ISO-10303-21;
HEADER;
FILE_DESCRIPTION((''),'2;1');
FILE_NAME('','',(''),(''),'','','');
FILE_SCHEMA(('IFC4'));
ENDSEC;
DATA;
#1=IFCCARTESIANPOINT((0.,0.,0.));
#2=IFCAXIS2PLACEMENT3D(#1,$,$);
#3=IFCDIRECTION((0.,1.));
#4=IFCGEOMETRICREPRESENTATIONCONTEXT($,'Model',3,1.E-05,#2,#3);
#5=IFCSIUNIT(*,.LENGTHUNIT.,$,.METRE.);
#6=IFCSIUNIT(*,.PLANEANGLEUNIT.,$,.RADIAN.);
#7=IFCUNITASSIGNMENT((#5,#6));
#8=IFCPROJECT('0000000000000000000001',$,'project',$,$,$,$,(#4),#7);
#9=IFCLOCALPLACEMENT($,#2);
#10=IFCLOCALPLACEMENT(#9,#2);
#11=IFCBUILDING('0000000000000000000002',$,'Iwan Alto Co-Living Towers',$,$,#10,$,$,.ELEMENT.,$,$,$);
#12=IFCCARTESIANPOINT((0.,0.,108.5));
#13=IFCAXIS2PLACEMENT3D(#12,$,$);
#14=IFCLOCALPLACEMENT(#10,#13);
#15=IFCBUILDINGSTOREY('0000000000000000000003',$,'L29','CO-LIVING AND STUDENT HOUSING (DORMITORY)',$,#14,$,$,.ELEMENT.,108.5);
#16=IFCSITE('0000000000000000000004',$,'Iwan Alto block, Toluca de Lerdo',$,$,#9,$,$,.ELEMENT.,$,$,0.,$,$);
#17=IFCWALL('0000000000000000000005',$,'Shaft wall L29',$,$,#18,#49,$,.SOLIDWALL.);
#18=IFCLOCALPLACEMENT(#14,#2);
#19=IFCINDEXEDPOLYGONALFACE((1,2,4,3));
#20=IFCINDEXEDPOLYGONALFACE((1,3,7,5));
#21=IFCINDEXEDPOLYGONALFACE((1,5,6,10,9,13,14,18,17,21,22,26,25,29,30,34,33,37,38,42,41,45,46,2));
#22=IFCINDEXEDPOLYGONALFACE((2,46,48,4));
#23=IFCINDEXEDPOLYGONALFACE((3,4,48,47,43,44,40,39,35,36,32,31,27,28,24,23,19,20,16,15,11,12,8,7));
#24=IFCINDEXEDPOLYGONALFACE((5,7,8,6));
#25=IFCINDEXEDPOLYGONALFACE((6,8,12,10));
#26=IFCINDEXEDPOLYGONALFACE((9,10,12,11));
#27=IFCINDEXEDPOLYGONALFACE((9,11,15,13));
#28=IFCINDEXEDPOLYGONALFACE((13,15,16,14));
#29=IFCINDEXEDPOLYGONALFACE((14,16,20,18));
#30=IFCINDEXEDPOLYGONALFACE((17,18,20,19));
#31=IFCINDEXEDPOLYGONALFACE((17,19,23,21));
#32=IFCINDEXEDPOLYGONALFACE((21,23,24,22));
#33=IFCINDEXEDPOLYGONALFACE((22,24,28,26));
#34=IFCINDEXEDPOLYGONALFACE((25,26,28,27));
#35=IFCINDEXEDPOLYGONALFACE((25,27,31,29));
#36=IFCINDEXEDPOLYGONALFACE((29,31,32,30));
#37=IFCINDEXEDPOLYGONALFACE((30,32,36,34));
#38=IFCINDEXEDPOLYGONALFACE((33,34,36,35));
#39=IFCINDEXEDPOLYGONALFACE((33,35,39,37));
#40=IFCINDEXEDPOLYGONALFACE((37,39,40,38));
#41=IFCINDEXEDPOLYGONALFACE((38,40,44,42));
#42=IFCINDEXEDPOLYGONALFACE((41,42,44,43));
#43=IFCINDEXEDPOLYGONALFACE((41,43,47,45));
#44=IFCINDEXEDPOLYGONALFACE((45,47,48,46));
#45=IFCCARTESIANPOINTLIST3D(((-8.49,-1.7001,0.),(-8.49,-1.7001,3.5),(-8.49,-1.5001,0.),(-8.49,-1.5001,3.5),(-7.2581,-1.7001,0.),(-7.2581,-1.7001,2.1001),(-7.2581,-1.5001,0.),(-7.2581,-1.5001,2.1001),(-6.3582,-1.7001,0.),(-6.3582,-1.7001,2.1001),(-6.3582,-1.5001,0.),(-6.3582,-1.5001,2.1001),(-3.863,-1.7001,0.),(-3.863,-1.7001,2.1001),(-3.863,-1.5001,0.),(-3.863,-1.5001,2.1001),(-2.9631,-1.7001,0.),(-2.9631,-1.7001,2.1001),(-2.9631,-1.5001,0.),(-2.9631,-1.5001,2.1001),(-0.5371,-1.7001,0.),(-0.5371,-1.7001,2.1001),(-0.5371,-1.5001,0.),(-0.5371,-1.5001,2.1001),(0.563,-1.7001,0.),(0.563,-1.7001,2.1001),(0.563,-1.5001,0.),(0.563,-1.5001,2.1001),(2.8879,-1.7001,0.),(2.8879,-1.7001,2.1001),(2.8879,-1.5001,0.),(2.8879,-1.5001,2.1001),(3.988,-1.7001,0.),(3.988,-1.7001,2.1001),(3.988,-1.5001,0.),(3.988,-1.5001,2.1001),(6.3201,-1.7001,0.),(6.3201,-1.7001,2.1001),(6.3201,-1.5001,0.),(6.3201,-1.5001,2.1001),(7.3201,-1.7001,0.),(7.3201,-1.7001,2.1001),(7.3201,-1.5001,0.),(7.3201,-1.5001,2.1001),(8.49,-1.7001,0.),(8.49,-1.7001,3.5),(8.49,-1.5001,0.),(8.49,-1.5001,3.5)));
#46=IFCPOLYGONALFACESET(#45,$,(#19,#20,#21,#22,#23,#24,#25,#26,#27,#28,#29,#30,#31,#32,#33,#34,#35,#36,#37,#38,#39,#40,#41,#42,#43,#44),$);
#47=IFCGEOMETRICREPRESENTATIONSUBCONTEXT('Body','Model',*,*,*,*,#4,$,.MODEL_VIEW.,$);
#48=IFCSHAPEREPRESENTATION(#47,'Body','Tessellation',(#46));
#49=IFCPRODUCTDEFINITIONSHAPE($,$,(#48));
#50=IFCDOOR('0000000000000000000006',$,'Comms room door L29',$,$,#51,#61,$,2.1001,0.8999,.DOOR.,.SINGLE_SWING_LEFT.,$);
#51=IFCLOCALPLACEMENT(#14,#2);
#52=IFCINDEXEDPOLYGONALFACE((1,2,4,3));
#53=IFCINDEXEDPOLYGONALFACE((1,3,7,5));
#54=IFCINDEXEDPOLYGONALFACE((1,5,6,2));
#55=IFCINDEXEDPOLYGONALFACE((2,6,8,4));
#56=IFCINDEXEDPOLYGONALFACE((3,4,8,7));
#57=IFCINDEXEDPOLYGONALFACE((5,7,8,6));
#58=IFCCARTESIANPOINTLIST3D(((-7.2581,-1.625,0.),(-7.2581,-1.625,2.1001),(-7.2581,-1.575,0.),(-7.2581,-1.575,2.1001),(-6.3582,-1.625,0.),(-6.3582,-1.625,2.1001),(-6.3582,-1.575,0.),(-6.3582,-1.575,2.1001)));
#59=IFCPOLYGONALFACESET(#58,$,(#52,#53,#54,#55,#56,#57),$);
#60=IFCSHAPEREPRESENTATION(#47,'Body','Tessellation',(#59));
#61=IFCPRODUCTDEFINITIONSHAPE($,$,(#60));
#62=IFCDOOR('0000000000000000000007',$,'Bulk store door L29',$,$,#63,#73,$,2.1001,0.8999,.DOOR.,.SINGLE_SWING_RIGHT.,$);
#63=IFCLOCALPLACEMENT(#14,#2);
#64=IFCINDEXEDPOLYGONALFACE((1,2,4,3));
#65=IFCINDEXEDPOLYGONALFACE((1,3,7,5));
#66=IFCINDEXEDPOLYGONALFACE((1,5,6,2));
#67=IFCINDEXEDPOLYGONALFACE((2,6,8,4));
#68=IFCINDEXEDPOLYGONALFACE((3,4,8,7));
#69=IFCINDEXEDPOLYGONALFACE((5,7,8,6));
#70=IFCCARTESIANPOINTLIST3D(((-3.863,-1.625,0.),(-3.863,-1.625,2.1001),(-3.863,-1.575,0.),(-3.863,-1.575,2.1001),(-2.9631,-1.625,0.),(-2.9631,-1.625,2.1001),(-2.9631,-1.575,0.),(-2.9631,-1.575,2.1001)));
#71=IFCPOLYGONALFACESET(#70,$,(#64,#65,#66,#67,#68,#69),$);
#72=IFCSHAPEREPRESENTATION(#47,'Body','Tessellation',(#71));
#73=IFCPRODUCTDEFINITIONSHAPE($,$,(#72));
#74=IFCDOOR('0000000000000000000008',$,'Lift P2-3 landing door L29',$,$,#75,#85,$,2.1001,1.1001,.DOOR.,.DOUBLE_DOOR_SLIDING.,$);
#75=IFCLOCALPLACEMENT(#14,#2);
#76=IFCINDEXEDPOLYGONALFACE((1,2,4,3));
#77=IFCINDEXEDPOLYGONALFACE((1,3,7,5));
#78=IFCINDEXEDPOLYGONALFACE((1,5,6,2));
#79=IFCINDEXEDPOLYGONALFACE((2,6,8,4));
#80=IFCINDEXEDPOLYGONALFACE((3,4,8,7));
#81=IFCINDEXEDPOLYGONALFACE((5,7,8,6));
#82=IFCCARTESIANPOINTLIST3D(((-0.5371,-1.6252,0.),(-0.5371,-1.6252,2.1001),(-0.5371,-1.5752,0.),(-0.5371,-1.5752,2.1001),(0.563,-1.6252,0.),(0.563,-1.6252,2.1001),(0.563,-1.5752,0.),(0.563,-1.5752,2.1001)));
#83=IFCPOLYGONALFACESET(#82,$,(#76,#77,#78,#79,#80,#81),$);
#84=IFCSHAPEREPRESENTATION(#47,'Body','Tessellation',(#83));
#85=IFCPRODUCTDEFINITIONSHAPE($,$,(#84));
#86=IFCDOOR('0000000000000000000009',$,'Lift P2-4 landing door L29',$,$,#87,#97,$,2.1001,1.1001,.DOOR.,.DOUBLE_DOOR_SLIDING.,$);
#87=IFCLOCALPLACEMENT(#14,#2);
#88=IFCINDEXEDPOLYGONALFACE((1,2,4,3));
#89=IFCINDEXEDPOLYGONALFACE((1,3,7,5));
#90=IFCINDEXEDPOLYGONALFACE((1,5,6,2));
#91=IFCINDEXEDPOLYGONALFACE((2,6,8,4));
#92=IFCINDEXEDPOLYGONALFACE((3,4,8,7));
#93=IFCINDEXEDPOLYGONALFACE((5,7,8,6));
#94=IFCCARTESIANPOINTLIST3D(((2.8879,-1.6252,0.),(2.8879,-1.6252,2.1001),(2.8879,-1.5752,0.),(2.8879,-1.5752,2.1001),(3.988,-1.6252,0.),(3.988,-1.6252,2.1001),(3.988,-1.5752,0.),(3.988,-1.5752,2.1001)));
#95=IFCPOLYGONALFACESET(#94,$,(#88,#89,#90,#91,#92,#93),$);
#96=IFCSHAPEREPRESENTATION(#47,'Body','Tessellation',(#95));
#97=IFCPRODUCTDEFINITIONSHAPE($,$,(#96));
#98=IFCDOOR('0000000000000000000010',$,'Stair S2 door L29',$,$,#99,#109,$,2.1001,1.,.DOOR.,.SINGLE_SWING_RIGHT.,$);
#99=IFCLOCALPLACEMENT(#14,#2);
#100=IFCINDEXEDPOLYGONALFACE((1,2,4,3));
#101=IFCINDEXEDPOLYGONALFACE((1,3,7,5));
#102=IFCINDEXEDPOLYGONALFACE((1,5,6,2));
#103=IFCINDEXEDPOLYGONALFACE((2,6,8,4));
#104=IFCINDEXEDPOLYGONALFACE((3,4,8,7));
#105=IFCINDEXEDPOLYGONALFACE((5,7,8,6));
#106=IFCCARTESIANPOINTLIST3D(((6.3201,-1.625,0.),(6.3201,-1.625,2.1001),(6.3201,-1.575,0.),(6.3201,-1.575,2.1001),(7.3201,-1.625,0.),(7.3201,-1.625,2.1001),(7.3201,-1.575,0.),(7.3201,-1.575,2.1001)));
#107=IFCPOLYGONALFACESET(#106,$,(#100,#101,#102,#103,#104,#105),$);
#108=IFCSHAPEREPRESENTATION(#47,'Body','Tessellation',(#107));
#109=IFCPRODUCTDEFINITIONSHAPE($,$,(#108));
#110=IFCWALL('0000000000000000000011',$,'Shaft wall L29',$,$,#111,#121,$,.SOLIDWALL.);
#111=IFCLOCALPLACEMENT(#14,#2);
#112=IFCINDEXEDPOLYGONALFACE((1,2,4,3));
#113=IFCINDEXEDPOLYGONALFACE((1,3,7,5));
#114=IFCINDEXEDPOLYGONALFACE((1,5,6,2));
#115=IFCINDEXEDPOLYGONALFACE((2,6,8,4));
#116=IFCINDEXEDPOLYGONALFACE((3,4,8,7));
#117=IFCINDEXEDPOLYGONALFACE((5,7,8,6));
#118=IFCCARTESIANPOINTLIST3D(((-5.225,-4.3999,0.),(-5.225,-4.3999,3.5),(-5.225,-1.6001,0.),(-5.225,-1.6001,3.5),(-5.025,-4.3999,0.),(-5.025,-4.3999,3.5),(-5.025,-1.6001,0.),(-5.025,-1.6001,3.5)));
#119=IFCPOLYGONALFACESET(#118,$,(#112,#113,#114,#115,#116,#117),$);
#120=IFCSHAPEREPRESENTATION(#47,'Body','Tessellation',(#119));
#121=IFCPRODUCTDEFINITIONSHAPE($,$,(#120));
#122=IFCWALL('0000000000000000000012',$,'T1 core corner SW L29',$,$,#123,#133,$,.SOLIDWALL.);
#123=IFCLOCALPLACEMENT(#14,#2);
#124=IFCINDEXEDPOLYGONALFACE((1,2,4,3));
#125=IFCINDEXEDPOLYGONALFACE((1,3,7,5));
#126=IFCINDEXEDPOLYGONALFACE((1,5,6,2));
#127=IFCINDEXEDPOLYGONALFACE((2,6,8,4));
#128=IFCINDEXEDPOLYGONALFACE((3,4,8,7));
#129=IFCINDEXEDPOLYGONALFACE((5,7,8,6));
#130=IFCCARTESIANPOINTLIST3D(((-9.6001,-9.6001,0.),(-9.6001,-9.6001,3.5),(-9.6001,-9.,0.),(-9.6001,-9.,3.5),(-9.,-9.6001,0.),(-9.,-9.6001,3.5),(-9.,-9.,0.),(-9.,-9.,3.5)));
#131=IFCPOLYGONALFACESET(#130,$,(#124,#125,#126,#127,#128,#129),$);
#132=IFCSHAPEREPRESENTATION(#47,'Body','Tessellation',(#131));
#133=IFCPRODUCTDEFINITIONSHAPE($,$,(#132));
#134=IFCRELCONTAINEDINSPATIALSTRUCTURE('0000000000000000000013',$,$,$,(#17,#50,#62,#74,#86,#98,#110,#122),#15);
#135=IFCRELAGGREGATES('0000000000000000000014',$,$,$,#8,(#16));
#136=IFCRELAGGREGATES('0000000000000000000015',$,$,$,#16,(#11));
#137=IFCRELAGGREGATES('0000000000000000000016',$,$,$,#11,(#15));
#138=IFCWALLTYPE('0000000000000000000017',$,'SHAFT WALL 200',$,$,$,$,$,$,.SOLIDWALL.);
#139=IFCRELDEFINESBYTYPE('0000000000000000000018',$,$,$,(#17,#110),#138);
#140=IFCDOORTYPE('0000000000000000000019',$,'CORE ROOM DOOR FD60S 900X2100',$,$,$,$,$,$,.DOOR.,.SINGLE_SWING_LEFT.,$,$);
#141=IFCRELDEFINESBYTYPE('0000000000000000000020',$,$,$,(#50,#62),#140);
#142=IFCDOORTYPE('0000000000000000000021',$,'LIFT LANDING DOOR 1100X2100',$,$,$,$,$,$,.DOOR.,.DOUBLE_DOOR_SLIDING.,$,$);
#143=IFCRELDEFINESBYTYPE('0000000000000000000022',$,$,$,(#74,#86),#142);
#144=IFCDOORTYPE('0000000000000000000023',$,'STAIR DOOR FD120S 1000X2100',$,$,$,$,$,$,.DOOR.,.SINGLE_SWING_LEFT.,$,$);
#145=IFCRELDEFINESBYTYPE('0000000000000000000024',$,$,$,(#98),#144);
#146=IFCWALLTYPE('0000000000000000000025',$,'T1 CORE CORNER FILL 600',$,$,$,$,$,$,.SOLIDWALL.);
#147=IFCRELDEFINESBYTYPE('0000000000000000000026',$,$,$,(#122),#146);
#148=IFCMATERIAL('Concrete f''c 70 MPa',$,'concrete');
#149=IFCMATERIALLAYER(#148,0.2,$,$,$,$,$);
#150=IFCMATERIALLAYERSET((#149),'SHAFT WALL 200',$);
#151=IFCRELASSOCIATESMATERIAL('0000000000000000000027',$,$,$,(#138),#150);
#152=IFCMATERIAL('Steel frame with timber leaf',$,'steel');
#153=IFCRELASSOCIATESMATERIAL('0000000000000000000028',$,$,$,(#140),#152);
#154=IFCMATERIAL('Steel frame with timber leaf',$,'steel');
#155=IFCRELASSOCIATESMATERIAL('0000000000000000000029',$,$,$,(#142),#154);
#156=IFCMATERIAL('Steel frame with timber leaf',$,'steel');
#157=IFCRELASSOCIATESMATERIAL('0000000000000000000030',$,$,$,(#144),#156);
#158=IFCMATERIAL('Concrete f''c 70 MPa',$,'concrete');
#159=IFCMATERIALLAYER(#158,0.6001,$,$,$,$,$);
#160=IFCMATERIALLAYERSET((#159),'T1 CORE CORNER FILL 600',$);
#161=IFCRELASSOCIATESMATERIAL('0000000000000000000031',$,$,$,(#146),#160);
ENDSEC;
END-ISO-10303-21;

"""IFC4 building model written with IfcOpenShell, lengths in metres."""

from ifc_helpers import new_model, si_unit, direction, frame, frame_2d, origin, place, context, subcontext, project, spatial, rectangle, extrude, material, layer, layer_set, type_object, element, fill, save


model = new_model("IFC4")

# Units and contexts
model_context = context("Model", 3, precision=1e-05, world=origin(), true_north=direction((0.0, 1.0)))
body_context = subcontext(model_context, "Body", "Model", "MODEL_VIEW")
ifc_project = project(units=[si_unit("LENGTHUNIT", "METRE"), si_unit("PLANEANGLEUNIT", "RADIAN")], contexts=[model_context])

# Site, building, storey
site_placement = place(None, origin())
site = spatial("IfcSite", under=ifc_project, at=site_placement, Name="Iwan Alto block, Toluca de Lerdo", CompositionType="ELEMENT", RefElevation=0.0)
building_placement = place(site_placement, origin())
building = spatial("IfcBuilding", under=site, at=building_placement, Name="Iwan Alto Co-Living Towers", CompositionType="ELEMENT")
storey_placement = place(building_placement, frame((0.0, 0.0, 108.5)))
storey = spatial("IfcBuildingStorey", under=building, at=storey_placement, Name="L29", Description="CO-LIVING AND STUDENT HOUSING (DORMITORY)", CompositionType="ELEMENT", Elevation=108.5)

# Shared definitions
ifc_material_1 = material(Name="Concrete f'c 70 MPa", Category="concrete")
ifc_layer_1 = layer(ifc_material_1, 0.2)
ifc_layer_set_1 = layer_set([ifc_layer_1], Name="SHAFT WALL 200")
wall_type_1 = type_object("IfcWallType", Name="SHAFT WALL 200", PredefinedType="SOLIDWALL", material=ifc_layer_set_1)

# Wall, openings, doors
wall_1_placement = place(storey_placement, frame((-8.49, -1.6001, 0.0), z_axis=(0.0, 0.0, 1.0), x_axis=(1.0, 0.0, 0.0)))
wall_1 = element("IfcWall", 1, at=wall_1_placement, inside=storey, type_object=wall_type_1, Name="Shaft wall L29", PredefinedType="SOLIDWALL", context=body_context, shape_type="SweptSolid", body=[
    extrude(rectangle(XDim=16.98, YDim=0.2, at=frame_2d((8.49, 0.0))), origin(), (0.0, 0.0, 1.0), 3.5),
])
opening_1_placement = place(wall_1_placement, frame((14.8101, 0.0, 0.0)))
opening_1 = element("IfcOpeningElement", 2, at=opening_1_placement, cuts=wall_1, PredefinedType="OPENING", context=body_context, shape_type="SweptSolid", body=[
    extrude(rectangle(XDim=1.0, YDim=2.1001, at=frame_2d((0.5, 1.05))), frame((0.0, 0.1099, 0.0), z_axis=(0.0, -1.0, 0.0), x_axis=(1.0, 0.0, 0.0)), (0.0, 0.0, 1.0), 0.22),
])
opening_2_placement = place(wall_1_placement, frame((1.2319, 0.0, 0.0)))
opening_2 = element("IfcOpeningElement", 3, at=opening_2_placement, cuts=wall_1, PredefinedType="OPENING", context=body_context, shape_type="SweptSolid", body=[
    extrude(rectangle(XDim=0.8999, YDim=2.1001, at=frame_2d((0.45, 1.05))), frame((0.0, 0.1099, 0.0), z_axis=(0.0, -1.0, 0.0), x_axis=(1.0, 0.0, 0.0)), (0.0, 0.0, 1.0), 0.22),
])
opening_3_placement = place(wall_1_placement, frame((4.627, 0.0, 0.0)))
opening_3 = element("IfcOpeningElement", 4, at=opening_3_placement, cuts=wall_1, PredefinedType="OPENING", context=body_context, shape_type="SweptSolid", body=[
    extrude(rectangle(XDim=0.8999, YDim=2.1001, at=frame_2d((0.45, 1.05))), frame((0.0, 0.1099, 0.0), z_axis=(0.0, -1.0, 0.0), x_axis=(1.0, 0.0, 0.0)), (0.0, 0.0, 1.0), 0.22),
])
opening_4_placement = place(wall_1_placement, frame((7.9529, 0.0, 0.0)))
opening_4 = element("IfcOpeningElement", 5, at=opening_4_placement, cuts=wall_1, PredefinedType="OPENING", context=body_context, shape_type="SweptSolid", body=[
    extrude(rectangle(XDim=1.1001, YDim=2.1001, at=frame_2d((0.55, 1.05))), frame((0.0, 0.1099, 0.0), z_axis=(0.0, -1.0, 0.0), x_axis=(1.0, 0.0, 0.0)), (0.0, 0.0, 1.0), 0.22),
])
opening_5_placement = place(wall_1_placement, frame((11.3779, 0.0, 0.0)))
opening_5 = element("IfcOpeningElement", 6, at=opening_5_placement, cuts=wall_1, PredefinedType="OPENING", context=body_context, shape_type="SweptSolid", body=[
    extrude(rectangle(XDim=1.1001, YDim=2.1001, at=frame_2d((0.55, 1.05))), frame((0.0, 0.1099, 0.0), z_axis=(0.0, -1.0, 0.0), x_axis=(1.0, 0.0, 0.0)), (0.0, 0.0, 1.0), 0.22),
])
ifc_material_2 = material(Name="Steel frame with timber leaf", Category="steel")
door_type_1 = type_object("IfcDoorType", Name="CORE ROOM DOOR FD60S 900X2100", OperationType="SINGLE_SWING_LEFT", PredefinedType="DOOR", material=ifc_material_2)
door_1_placement = place(opening_2_placement, frame((0.8999, 0.0, 0.0), z_axis=(0.0, 0.0, 1.0), x_axis=(-1.0, 0.0, 0.0)))
door_1 = element("IfcDoor", 7, at=door_1_placement, inside=storey, type_object=door_type_1, Name="Comms room door L29", OperationType="SINGLE_SWING_LEFT", OverallHeight=2.1001, OverallWidth=0.8999, PredefinedType="DOOR", context=body_context, shape_type="SweptSolid", body=[
    extrude(rectangle(XDim=0.8999, YDim=2.1001, at=frame_2d((0.45, 1.05))), frame((0.0, 0.0249, 0.0), z_axis=(0.0, -1.0, 0.0), x_axis=(1.0, 0.0, 0.0)), (0.0, 0.0, 1.0), 0.05),
])
fill(opening_2, door_1)
door_2_placement = place(opening_3_placement, frame((0.8999, 0.0, 0.0), z_axis=(0.0, 0.0, 1.0), x_axis=(-1.0, 0.0, 0.0)))
door_2 = element("IfcDoor", 8, at=door_2_placement, inside=storey, type_object=door_type_1, Name="Bulk store door L29", OperationType="SINGLE_SWING_RIGHT", OverallHeight=2.1001, OverallWidth=0.8999, PredefinedType="DOOR", context=body_context, shape_type="SweptSolid", body=[
    extrude(rectangle(XDim=0.8999, YDim=2.1001, at=frame_2d((0.45, 1.05))), frame((0.0, 0.0249, 0.0), z_axis=(0.0, -1.0, 0.0), x_axis=(1.0, 0.0, 0.0)), (0.0, 0.0, 1.0), 0.05),
])
fill(opening_3, door_2)
ifc_material_3 = material(Name="Steel frame with timber leaf", Category="steel")
door_type_2 = type_object("IfcDoorType", Name="LIFT LANDING DOOR 1100X2100", OperationType="DOUBLE_DOOR_SLIDING", PredefinedType="DOOR", material=ifc_material_3)
door_3_placement = place(opening_4_placement, origin())
door_3 = element("IfcDoor", 9, at=door_3_placement, inside=storey, type_object=door_type_2, Name="Lift P2-3 landing door L29", OperationType="DOUBLE_DOOR_SLIDING", OverallHeight=2.1001, OverallWidth=1.1001, PredefinedType="DOOR", context=body_context, shape_type="SweptSolid", body=[
    extrude(rectangle(XDim=1.1001, YDim=2.1001, at=frame_2d((0.55, 1.05))), frame((0.0, 0.0249, 0.0), z_axis=(0.0, -1.0, 0.0), x_axis=(1.0, 0.0, 0.0)), (0.0, 0.0, 1.0), 0.05),
])
fill(opening_4, door_3)
door_4_placement = place(opening_5_placement, origin())
door_4 = element("IfcDoor", 10, at=door_4_placement, inside=storey, type_object=door_type_2, Name="Lift P2-4 landing door L29", OperationType="DOUBLE_DOOR_SLIDING", OverallHeight=2.1001, OverallWidth=1.1001, PredefinedType="DOOR", context=body_context, shape_type="SweptSolid", body=[
    extrude(rectangle(XDim=1.1001, YDim=2.1001, at=frame_2d((0.55, 1.05))), frame((0.0, 0.0249, 0.0), z_axis=(0.0, -1.0, 0.0), x_axis=(1.0, 0.0, 0.0)), (0.0, 0.0, 1.0), 0.05),
])
fill(opening_5, door_4)
ifc_material_4 = material(Name="Steel frame with timber leaf", Category="steel")
door_type_3 = type_object("IfcDoorType", Name="STAIR DOOR FD120S 1000X2100", OperationType="SINGLE_SWING_LEFT", PredefinedType="DOOR", material=ifc_material_4)
door_5_placement = place(opening_1_placement, frame((1.0, 0.0, 0.0), z_axis=(0.0, 0.0, 1.0), x_axis=(-1.0, 0.0, 0.0)))
door_5 = element("IfcDoor", 11, at=door_5_placement, inside=storey, type_object=door_type_3, Name="Stair S2 door L29", OperationType="SINGLE_SWING_RIGHT", OverallHeight=2.1001, OverallWidth=1.0, PredefinedType="DOOR", context=body_context, shape_type="SweptSolid", body=[
    extrude(rectangle(XDim=1.0, YDim=2.1001, at=frame_2d((0.5, 1.05))), frame((0.0, 0.0249, 0.0), z_axis=(0.0, -1.0, 0.0), x_axis=(1.0, 0.0, 0.0)), (0.0, 0.0, 1.0), 0.05),
])
fill(opening_1, door_5)

# Walls
wall_2_placement = place(storey_placement, frame((-5.125, -4.3999, 0.0), z_axis=(0.0, 0.0, 1.0), x_axis=(0.0, 1.0, 0.0)))
element("IfcWall", 12, at=wall_2_placement, inside=storey, type_object=wall_type_1, Name="Shaft wall L29", PredefinedType="SOLIDWALL", context=body_context, shape_type="SweptSolid", body=[
    extrude(rectangle(XDim=2.7998, YDim=0.2, at=frame_2d((1.3999, 0.0))), origin(), (0.0, 0.0, 1.0), 3.5),
])
ifc_material_5 = material(Name="Concrete f'c 70 MPa", Category="concrete")
ifc_layer_2 = layer(ifc_material_5, 0.6001)
ifc_layer_set_2 = layer_set([ifc_layer_2], Name="T1 CORE CORNER FILL 600")
wall_type_2 = type_object("IfcWallType", Name="T1 CORE CORNER FILL 600", PredefinedType="SOLIDWALL", material=ifc_layer_set_2)
wall_3_placement = place(storey_placement, frame((-9.6001, -9.3, 0.0), z_axis=(0.0, 0.0, 1.0), x_axis=(1.0, 0.0, 0.0)))
element("IfcWall", 13, at=wall_3_placement, inside=storey, type_object=wall_type_2, Name="T1 core corner SW L29", PredefinedType="SOLIDWALL", context=body_context, shape_type="SweptSolid", body=[
    extrude(rectangle(XDim=0.6001, YDim=0.6001, at=frame_2d((0.3, 0.0))), origin(), (0.0, 0.0, 1.0), 3.5),
])

save(model, "model.ifc")
